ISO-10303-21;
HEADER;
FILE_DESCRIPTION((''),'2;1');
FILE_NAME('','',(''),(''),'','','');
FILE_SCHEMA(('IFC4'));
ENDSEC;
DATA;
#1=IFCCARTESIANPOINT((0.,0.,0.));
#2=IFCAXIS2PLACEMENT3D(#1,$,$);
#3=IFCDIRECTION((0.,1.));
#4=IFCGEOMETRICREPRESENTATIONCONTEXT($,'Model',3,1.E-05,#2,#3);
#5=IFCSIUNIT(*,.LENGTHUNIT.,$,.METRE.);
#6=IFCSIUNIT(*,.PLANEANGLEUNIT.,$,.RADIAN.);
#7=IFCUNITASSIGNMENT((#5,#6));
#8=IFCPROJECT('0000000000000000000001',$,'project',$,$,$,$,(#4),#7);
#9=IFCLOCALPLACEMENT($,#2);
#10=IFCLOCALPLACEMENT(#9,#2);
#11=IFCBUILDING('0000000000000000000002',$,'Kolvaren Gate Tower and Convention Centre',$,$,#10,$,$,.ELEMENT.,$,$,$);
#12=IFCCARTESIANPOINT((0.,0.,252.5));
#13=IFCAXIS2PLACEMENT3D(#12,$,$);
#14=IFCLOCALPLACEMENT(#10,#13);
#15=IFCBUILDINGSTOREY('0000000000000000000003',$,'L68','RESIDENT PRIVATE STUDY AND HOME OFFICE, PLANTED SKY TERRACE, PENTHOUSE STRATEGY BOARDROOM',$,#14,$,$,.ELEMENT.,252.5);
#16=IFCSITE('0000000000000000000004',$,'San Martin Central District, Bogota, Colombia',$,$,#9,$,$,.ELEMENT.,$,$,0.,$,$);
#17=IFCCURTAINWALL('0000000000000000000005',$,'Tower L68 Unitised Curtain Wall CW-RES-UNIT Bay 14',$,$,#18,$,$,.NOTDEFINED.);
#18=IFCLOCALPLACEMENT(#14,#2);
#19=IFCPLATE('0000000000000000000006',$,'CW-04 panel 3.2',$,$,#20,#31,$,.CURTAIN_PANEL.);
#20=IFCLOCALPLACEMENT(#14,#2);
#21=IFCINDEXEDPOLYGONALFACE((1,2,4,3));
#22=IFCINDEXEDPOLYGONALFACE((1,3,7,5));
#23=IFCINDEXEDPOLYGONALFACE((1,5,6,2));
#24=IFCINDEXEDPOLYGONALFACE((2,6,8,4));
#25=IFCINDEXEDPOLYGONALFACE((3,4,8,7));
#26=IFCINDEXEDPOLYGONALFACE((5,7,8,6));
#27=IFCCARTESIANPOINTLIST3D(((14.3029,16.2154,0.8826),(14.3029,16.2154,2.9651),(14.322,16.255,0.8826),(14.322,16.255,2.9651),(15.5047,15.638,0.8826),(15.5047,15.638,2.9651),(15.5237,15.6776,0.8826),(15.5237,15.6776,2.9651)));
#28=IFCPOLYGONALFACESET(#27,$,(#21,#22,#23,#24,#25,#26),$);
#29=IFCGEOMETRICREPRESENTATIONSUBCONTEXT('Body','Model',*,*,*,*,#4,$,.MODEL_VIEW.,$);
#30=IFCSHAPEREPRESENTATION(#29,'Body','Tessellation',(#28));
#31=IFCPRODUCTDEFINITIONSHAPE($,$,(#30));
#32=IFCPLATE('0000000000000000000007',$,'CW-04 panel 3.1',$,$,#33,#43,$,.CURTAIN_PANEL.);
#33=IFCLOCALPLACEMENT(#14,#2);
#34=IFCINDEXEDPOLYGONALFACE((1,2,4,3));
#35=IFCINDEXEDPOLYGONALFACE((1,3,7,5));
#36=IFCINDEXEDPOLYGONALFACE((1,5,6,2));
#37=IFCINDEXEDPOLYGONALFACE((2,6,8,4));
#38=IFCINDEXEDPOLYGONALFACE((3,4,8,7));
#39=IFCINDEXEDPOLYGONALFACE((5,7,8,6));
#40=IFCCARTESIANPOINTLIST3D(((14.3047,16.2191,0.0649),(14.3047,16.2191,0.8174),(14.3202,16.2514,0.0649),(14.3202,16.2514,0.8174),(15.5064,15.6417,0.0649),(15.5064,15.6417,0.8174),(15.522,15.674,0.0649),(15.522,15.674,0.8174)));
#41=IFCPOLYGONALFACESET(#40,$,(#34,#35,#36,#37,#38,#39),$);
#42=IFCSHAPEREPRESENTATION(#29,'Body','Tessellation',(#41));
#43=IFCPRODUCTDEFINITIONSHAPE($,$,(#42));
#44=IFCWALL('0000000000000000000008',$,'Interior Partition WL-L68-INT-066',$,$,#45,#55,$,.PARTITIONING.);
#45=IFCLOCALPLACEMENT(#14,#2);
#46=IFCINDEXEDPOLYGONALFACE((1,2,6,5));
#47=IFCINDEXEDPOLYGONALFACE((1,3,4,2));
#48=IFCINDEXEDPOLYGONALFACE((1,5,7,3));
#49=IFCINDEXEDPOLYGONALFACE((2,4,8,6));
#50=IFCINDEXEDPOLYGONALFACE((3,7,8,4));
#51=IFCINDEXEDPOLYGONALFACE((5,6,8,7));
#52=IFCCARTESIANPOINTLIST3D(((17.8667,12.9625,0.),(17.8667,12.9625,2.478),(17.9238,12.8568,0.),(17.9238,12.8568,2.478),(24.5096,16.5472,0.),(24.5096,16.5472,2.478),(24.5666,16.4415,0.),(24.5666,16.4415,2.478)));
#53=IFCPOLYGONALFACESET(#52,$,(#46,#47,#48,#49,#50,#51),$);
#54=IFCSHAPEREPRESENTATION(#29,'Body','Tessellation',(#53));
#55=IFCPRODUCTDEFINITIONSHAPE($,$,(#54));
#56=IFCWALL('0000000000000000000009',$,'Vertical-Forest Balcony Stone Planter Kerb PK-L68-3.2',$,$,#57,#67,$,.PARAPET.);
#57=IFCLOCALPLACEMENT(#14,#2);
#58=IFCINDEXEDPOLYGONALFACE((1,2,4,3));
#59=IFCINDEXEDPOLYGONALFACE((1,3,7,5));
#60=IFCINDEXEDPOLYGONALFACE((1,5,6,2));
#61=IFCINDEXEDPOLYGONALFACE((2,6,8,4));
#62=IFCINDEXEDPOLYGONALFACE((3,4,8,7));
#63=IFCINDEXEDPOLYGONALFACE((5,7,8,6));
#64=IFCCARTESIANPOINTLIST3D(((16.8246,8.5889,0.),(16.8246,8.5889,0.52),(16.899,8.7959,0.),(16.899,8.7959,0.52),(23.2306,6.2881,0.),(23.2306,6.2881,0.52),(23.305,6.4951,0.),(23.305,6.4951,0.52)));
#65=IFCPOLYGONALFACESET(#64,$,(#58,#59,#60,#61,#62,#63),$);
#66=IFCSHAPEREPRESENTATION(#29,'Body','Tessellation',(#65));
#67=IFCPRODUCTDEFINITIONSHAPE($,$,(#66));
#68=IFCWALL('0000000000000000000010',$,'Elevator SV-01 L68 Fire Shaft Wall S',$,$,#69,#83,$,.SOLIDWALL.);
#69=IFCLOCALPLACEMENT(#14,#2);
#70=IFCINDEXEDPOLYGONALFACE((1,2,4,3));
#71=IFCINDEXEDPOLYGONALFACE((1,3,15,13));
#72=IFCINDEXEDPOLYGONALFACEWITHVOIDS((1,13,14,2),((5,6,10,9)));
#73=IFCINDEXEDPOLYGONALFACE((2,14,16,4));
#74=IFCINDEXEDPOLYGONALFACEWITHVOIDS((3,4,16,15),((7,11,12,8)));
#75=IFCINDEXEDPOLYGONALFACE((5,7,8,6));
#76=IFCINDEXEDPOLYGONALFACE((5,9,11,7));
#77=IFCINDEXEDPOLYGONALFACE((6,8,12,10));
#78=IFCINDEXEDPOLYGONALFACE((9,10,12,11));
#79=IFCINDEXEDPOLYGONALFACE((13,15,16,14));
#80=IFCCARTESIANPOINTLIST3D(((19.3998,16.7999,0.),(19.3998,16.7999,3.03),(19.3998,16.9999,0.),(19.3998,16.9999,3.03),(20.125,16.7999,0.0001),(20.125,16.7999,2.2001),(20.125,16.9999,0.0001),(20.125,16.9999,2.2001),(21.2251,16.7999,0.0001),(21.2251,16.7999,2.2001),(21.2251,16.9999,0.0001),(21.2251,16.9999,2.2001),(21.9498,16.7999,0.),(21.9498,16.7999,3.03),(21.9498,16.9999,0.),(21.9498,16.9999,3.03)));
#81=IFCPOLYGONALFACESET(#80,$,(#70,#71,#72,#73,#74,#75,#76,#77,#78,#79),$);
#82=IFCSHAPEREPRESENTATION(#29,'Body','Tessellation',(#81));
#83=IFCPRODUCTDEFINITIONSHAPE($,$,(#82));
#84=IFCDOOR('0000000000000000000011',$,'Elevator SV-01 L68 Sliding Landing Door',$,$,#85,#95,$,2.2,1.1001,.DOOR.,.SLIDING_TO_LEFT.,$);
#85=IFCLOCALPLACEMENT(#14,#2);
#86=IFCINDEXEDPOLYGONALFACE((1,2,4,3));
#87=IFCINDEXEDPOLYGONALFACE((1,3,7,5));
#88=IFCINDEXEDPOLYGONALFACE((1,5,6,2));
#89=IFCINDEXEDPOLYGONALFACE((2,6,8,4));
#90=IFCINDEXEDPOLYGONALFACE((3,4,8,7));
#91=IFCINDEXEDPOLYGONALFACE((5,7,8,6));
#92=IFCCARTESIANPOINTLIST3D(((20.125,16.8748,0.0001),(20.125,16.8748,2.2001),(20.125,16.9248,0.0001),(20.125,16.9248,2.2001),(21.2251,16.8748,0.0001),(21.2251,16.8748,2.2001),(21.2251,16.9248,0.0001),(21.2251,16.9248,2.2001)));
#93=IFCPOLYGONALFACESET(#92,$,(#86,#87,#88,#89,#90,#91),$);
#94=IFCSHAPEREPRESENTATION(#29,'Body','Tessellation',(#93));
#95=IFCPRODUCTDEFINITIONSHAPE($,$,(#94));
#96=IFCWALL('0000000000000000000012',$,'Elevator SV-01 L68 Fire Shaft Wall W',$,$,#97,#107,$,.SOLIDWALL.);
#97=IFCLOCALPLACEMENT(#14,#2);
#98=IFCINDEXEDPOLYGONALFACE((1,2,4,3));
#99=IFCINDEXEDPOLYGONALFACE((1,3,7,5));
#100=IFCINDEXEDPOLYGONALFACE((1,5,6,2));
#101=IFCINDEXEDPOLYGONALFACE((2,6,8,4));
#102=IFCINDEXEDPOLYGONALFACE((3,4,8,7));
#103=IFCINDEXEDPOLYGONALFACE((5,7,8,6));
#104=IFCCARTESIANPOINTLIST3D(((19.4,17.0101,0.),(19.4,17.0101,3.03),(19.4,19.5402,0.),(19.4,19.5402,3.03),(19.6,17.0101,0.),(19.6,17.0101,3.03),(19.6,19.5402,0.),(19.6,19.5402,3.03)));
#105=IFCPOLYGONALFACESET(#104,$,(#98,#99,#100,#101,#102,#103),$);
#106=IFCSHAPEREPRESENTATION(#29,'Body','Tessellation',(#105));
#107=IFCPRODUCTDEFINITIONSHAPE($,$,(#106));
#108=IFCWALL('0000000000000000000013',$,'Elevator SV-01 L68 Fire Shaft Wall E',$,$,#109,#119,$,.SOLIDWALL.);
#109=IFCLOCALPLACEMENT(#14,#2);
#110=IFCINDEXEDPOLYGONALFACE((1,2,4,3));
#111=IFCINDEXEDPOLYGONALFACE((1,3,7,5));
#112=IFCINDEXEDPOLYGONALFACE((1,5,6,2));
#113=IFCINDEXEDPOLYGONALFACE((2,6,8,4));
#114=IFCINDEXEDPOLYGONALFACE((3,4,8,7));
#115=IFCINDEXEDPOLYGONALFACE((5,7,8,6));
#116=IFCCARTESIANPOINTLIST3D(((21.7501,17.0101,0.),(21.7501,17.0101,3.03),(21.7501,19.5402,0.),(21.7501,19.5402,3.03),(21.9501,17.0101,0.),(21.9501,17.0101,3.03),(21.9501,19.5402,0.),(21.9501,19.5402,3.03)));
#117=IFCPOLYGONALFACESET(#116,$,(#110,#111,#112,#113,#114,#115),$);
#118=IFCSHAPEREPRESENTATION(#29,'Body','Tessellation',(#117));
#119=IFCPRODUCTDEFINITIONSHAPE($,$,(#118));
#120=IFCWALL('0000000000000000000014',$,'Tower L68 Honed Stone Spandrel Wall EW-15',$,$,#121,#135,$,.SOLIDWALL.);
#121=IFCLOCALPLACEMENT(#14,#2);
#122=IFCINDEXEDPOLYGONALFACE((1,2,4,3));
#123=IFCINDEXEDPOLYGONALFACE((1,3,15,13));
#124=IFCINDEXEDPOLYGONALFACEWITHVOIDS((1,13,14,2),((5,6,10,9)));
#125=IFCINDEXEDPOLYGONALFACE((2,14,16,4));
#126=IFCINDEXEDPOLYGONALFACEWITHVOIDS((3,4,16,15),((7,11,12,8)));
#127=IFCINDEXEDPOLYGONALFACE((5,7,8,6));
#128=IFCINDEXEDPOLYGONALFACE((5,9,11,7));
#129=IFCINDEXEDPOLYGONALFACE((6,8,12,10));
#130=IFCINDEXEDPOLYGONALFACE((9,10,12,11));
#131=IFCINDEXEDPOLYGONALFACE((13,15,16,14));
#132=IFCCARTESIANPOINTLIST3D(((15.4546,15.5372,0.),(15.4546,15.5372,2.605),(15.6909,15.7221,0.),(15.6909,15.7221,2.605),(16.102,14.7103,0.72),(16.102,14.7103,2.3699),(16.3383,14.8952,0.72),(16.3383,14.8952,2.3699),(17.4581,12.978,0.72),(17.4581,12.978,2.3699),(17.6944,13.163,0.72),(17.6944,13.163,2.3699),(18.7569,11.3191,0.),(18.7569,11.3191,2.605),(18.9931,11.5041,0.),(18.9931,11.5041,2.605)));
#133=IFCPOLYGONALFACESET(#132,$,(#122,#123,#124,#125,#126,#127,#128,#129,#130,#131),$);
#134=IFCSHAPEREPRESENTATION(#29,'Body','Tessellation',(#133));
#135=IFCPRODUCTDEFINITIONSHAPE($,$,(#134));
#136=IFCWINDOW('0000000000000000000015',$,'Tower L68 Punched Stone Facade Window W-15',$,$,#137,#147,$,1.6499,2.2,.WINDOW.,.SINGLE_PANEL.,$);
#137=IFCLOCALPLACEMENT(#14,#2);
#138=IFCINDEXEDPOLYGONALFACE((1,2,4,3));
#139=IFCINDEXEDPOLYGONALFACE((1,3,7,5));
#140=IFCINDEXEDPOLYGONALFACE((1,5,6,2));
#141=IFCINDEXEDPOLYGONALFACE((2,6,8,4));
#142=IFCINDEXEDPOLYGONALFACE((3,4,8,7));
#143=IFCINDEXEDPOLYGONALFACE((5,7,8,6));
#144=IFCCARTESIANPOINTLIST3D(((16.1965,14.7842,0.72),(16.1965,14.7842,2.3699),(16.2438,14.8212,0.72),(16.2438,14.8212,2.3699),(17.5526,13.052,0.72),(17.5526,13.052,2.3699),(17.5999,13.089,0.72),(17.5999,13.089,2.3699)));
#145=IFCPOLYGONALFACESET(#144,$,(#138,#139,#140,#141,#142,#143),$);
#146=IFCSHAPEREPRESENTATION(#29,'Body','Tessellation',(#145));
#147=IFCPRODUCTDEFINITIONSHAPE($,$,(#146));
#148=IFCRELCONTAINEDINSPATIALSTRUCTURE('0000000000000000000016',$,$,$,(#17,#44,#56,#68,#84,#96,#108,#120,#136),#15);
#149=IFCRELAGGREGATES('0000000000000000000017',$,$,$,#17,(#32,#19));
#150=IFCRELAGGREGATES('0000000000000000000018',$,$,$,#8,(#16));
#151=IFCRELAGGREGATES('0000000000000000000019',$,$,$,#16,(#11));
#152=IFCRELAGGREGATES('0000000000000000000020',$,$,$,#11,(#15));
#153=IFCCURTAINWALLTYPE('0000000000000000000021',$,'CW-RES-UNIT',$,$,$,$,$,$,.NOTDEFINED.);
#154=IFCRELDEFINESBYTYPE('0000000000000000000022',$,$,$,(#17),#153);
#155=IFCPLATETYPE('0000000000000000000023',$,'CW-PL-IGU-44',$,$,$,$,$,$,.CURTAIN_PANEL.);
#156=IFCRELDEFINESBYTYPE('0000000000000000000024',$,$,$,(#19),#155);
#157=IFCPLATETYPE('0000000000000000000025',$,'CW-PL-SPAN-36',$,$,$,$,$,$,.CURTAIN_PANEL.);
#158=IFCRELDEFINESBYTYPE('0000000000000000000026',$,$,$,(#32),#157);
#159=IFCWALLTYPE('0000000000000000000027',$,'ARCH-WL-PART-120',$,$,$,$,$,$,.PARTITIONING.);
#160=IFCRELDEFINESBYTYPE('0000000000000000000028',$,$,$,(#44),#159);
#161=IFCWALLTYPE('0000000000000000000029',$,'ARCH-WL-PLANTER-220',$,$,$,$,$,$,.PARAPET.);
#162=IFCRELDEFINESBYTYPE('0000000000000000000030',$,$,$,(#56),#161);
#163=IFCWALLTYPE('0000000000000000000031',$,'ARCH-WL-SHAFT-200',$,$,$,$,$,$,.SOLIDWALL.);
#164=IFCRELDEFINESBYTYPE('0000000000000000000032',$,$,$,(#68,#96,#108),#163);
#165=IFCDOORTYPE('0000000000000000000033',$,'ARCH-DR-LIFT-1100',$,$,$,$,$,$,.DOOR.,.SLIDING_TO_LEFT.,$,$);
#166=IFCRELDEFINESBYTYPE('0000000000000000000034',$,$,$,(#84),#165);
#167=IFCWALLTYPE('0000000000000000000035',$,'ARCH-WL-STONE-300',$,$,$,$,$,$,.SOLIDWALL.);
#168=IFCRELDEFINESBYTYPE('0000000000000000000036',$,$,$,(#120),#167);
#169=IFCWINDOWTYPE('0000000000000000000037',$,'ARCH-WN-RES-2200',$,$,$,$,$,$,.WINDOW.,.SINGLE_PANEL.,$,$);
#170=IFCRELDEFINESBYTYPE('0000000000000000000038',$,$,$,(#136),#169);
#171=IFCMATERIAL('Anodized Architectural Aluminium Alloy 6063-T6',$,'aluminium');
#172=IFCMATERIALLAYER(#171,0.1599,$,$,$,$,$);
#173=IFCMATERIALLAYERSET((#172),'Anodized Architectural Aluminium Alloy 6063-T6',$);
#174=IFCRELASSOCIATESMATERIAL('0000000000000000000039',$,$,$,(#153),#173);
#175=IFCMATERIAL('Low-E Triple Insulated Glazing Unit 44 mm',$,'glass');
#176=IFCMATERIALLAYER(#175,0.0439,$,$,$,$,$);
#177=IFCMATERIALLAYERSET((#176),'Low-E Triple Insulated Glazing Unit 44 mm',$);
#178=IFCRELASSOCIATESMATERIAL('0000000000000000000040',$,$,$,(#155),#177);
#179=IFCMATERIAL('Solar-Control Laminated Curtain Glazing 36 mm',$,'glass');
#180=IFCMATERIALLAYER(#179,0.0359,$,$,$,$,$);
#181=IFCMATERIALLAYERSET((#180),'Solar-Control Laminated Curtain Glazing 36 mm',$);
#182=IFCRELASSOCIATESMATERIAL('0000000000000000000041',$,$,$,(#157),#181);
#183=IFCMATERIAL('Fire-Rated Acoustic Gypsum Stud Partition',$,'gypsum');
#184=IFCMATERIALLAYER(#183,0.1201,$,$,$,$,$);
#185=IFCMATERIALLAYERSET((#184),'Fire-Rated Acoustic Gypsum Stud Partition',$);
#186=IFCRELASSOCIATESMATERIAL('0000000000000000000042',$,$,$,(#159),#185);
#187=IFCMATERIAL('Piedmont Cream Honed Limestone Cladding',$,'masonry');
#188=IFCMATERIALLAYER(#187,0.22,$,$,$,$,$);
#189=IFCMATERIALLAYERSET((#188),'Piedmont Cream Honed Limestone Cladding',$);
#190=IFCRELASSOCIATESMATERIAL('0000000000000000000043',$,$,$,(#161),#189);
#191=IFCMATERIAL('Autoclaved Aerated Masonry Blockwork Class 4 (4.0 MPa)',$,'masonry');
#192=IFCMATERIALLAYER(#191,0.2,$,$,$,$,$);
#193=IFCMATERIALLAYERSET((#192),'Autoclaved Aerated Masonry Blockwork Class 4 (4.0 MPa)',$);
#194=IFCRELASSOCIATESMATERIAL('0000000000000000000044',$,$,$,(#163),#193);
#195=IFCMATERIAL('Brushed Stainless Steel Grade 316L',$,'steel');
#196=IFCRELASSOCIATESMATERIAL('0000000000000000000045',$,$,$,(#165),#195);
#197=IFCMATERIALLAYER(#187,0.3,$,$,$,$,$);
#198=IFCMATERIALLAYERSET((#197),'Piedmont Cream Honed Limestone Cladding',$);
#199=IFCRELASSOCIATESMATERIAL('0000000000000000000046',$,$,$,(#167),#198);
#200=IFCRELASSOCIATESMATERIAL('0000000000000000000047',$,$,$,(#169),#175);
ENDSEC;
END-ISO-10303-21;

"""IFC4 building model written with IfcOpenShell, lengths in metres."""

from ifc_helpers import new_model, si_unit, direction, frame, frame_2d, origin, origin_2d, place, context, subcontext, project, spatial, rectangle, extrude, material, layer, layer_set, type_object, element, fill, aggregate, save


model = new_model("IFC4")

# Units and contexts
model_context = context("Model", 3, precision=1e-05, world=origin(), true_north=direction((0.0, 1.0)))
body_context = subcontext(model_context, "Body", "Model", "MODEL_VIEW")
ifc_project = project(units=[si_unit("LENGTHUNIT", "METRE"), si_unit("PLANEANGLEUNIT", "RADIAN")], contexts=[model_context])

# Site, building, storey
site_placement = place(None, origin())
site = spatial("IfcSite", under=ifc_project, at=site_placement, Name="San Martin Central District, Bogota, Colombia", CompositionType="ELEMENT", RefElevation=0.0)
building_placement = place(site_placement, origin())
building = spatial("IfcBuilding", under=site, at=building_placement, Name="Kolvaren Gate Tower and Convention Centre", CompositionType="ELEMENT")
storey_placement = place(building_placement, frame((0.0, 0.0, 252.5)))
storey = spatial("IfcBuildingStorey", under=building, at=storey_placement, Name="L68", Description="RESIDENT PRIVATE STUDY AND HOME OFFICE, PLANTED SKY TERRACE, PENTHOUSE STRATEGY BOARDROOM", CompositionType="ELEMENT", Elevation=252.5)

# Curtain wall
ifc_material_1 = material(Name="Anodized Architectural Aluminium Alloy 6063-T6", Category="aluminium")
ifc_layer_1 = layer(ifc_material_1, 0.1599)
ifc_layer_set_1 = layer_set([ifc_layer_1], Name="Anodized Architectural Aluminium Alloy 6063-T6")
curtain_wall_type = type_object("IfcCurtainWallType", Name="CW-RES-UNIT", PredefinedType="NOTDEFINED", material=ifc_layer_set_1)
curtain_wall_placement = place(storey_placement, origin())
curtain_wall = element("IfcCurtainWall", 1, at=curtain_wall_placement, inside=storey, type_object=curtain_wall_type, Name="Tower L68 Unitised Curtain Wall CW-RES-UNIT Bay 14", PredefinedType="NOTDEFINED")

# Plates
ifc_material_2 = material(Name="Low-E Triple Insulated Glazing Unit 44 mm", Category="glass")
ifc_layer_2 = layer(ifc_material_2, 0.0439)
ifc_layer_set_2 = layer_set([ifc_layer_2], Name="Low-E Triple Insulated Glazing Unit 44 mm")
plate_type_1 = type_object("IfcPlateType", Name="CW-PL-IGU-44", PredefinedType="CURTAIN_PANEL", material=ifc_layer_set_2)
plate_1_placement = place(storey_placement, frame((14.9133, 15.9465, 0.8826), z_axis=(0.0, 0.0, 1.0), x_axis=(0.901362, -0.433067, 0.0)))
plate_1 = element("IfcPlate", 2, at=plate_1_placement, type_object=plate_type_1, Name="CW-04 panel 3.2", PredefinedType="CURTAIN_PANEL", context=body_context, shape_type="SweptSolid", body=[
    extrude(rectangle(XDim=1.3333, YDim=0.0439, at=origin_2d()), origin(), (0.0, 0.0, 1.0), 2.0825),
])
ifc_material_3 = material(Name="Solar-Control Laminated Curtain Glazing 36 mm", Category="glass")
ifc_layer_3 = layer(ifc_material_3, 0.0359)
ifc_layer_set_3 = layer_set([ifc_layer_3], Name="Solar-Control Laminated Curtain Glazing 36 mm")
plate_type_2 = type_object("IfcPlateType", Name="CW-PL-SPAN-36", PredefinedType="CURTAIN_PANEL", material=ifc_layer_set_3)
plate_2_placement = place(storey_placement, frame((14.9133, 15.9465, 0.0649), z_axis=(0.0, 0.0, 1.0), x_axis=(0.901362, -0.433067, 0.0)))
plate_2 = element("IfcPlate", 3, at=plate_2_placement, type_object=plate_type_2, Name="CW-04 panel 3.1", PredefinedType="CURTAIN_PANEL", context=body_context, shape_type="SweptSolid", body=[
    extrude(rectangle(XDim=1.3333, YDim=0.0359, at=origin_2d()), origin(), (0.0, 0.0, 1.0), 0.7524),
])
aggregate(curtain_wall, [plate_2, plate_1])

# Walls
ifc_material_4 = material(Name="Fire-Rated Acoustic Gypsum Stud Partition", Category="gypsum")
ifc_layer_4 = layer(ifc_material_4, 0.1201)
ifc_layer_set_4 = layer_set([ifc_layer_4], Name="Fire-Rated Acoustic Gypsum Stud Partition")
wall_type_1 = type_object("IfcWallType", Name="ARCH-WL-PART-120", PredefinedType="PARTITIONING", material=ifc_layer_set_4)
wall_1_placement = place(storey_placement, frame((17.8953, 12.9097, 0.0), z_axis=(0.0, 0.0, 1.0), x_axis=(0.880039, 0.474902, 0.0)))
element("IfcWall", 4, at=wall_1_placement, inside=storey, type_object=wall_type_1, Name="Interior Partition WL-L68-INT-066", PredefinedType="PARTITIONING", context=body_context, shape_type="SweptSolid", body=[
    extrude(rectangle(XDim=7.5483, YDim=0.1201, at=frame_2d((3.7742, 0.0))), origin(), (0.0, 0.0, 1.0), 2.478),
])
ifc_material_5 = material(Name="Piedmont Cream Honed Limestone Cladding", Category="masonry")
ifc_layer_5 = layer(ifc_material_5, 0.22)
ifc_layer_set_5 = layer_set([ifc_layer_5], Name="Piedmont Cream Honed Limestone Cladding")
wall_type_2 = type_object("IfcWallType", Name="ARCH-WL-PLANTER-220", PredefinedType="PARAPET", material=ifc_layer_set_5)
wall_2_placement = place(storey_placement, frame((16.8618, 8.6924, 0.0), z_axis=(0.0, 0.0, 1.0), x_axis=(0.941139, -0.33802, 0.0)))
element("IfcWall", 5, at=wall_2_placement, inside=storey, type_object=wall_type_2, Name="Vertical-Forest Balcony Stone Planter Kerb PK-L68-3.2", PredefinedType="PARAPET", context=body_context, shape_type="SweptSolid", body=[
    extrude(rectangle(XDim=6.8066, YDim=0.22, at=frame_2d((3.4033, 0.0))), origin(), (0.0, 0.0, 1.0), 0.52),
])

# Wall, opening, door
ifc_material_6 = material(Name="Autoclaved Aerated Masonry Blockwork Class 4 (4.0 MPa)", Category="masonry")
ifc_layer_6 = layer(ifc_material_6, 0.2)
ifc_layer_set_6 = layer_set([ifc_layer_6], Name="Autoclaved Aerated Masonry Blockwork Class 4 (4.0 MPa)")
wall_type_3 = type_object("IfcWallType", Name="ARCH-WL-SHAFT-200", PredefinedType="SOLIDWALL", material=ifc_layer_set_6)
wall_3_placement = place(storey_placement, frame((19.3999, 16.8999, 0.0), z_axis=(0.0, 0.0, 1.0), x_axis=(1.0, 0.0, 0.0)))
wall_3 = element("IfcWall", 6, at=wall_3_placement, inside=storey, type_object=wall_type_3, Name="Elevator SV-01 L68 Fire Shaft Wall S", PredefinedType="SOLIDWALL", context=body_context, shape_type="SweptSolid", body=[
    extrude(rectangle(XDim=2.55, YDim=0.2, at=frame_2d((1.2749, 0.0))), origin(), (0.0, 0.0, 1.0), 3.03),
])
opening_1_placement = place(wall_3_placement, frame((0.7251, 0.0, 0.0)))
opening_1 = element("IfcOpeningElement", 7, at=opening_1_placement, cuts=wall_3, PredefinedType="OPENING", context=body_context, shape_type="SweptSolid", body=[
    extrude(rectangle(XDim=1.1001, YDim=2.2, at=frame_2d((0.55, 1.1001))), frame((0.0, 0.1099, 0.0), z_axis=(0.0, -1.0, 0.0), x_axis=(1.0, 0.0, 0.0)), (0.0, 0.0, 1.0), 0.22),
])
ifc_material_7 = material(Name="Brushed Stainless Steel Grade 316L", Category="steel")
door_type_1 = type_object("IfcDoorType", Name="ARCH-DR-LIFT-1100", OperationType="SLIDING_TO_LEFT", PredefinedType="DOOR", material=ifc_material_7)
door_1_placement = place(opening_1_placement, origin())
door_1 = element("IfcDoor", 8, at=door_1_placement, inside=storey, type_object=door_type_1, Name="Elevator SV-01 L68 Sliding Landing Door", OperationType="SLIDING_TO_LEFT", OverallHeight=2.2, OverallWidth=1.1001, PredefinedType="DOOR", context=body_context, shape_type="SweptSolid", body=[
    extrude(rectangle(XDim=1.1001, YDim=2.2, at=frame_2d((0.55, 1.1001))), frame((0.0, 0.0249, 0.0), z_axis=(0.0, -1.0, 0.0), x_axis=(1.0, 0.0, 0.0)), (0.0, 0.0, 1.0), 0.05),
])
fill(opening_1, door_1)

# Walls
for number, where, z_axis, x_axis, name in (
    (9, (19.5, 17.01, 0.0), (0.0, 0.0, 1.0), (0.0, 1.0, 0.0), "Elevator SV-01 L68 Fire Shaft Wall W"),
    (10, (21.8501, 17.01, 0.0), (0.0, 0.0, 1.0), (0.0, 1.0, 0.0), "Elevator SV-01 L68 Fire Shaft Wall E"),
):
    element("IfcWall", number, at=place(storey_placement, frame(where, z_axis=z_axis, x_axis=x_axis)), inside=storey, type_object=wall_type_3, Name=name, PredefinedType="SOLIDWALL", context=body_context, shape_type="SweptSolid", body=[
        extrude(rectangle(XDim=2.53, YDim=0.2, at=frame_2d((1.2651, 0.0))), origin(), (0.0, 0.0, 1.0), 3.03),
    ])

# Wall, opening, window
ifc_layer_7 = layer(ifc_material_5, 0.3)
ifc_layer_set_7 = layer_set([ifc_layer_7], Name="Piedmont Cream Honed Limestone Cladding")
wall_type_4 = type_object("IfcWallType", Name="ARCH-WL-STONE-300", PredefinedType="SOLIDWALL", material=ifc_layer_set_7)
wall_4_placement = place(storey_placement, frame((15.5728, 15.6296, 0.0), z_axis=(0.0, 0.0, 1.0), x_axis=(0.616446, -0.787397, 0.0)))
wall_4 = element("IfcWall", 11, at=wall_4_placement, inside=storey, type_object=wall_type_4, Name="Tower L68 Honed Stone Spandrel Wall EW-15", PredefinedType="SOLIDWALL", context=body_context, shape_type="SweptSolid", body=[
    extrude(rectangle(XDim=5.3569, YDim=0.3, at=frame_2d((2.6785, 0.0))), origin(), (0.0, 0.0, 1.0), 2.605),
])
opening_2_placement = place(wall_4_placement, frame((1.05, 0.0, 0.72)))
opening_2 = element("IfcOpeningElement", 12, at=opening_2_placement, cuts=wall_4, PredefinedType="OPENING", context=body_context, shape_type="SweptSolid", body=[
    extrude(rectangle(XDim=2.2, YDim=1.6499, at=frame_2d((1.1001, 0.825))), frame((0.0, 0.1599, 0.0), z_axis=(0.0, -1.0, 0.0), x_axis=(1.0, 0.0, 0.0)), (0.0, 0.0, 1.0), 0.3201),
])
window_type = type_object("IfcWindowType", Name="ARCH-WN-RES-2200", PartitioningType="SINGLE_PANEL", PredefinedType="WINDOW", material=ifc_material_2)
window_placement = place(opening_2_placement, origin())
window = element("IfcWindow", 13, at=window_placement, inside=storey, type_object=window_type, Name="Tower L68 Punched Stone Facade Window W-15", OverallHeight=1.6499, OverallWidth=2.2, PartitioningType="SINGLE_PANEL", PredefinedType="WINDOW", context=body_context, shape_type="SweptSolid", body=[
    extrude(rectangle(XDim=2.2, YDim=1.6499, at=frame_2d((1.1001, 0.825))), frame((0.0, 0.03, 0.0), z_axis=(0.0, -1.0, 0.0), x_axis=(1.0, 0.0, 0.0)), (0.0, 0.0, 1.0), 0.0601),
])
fill(opening_2, window)

save(model, "model.ifc")
